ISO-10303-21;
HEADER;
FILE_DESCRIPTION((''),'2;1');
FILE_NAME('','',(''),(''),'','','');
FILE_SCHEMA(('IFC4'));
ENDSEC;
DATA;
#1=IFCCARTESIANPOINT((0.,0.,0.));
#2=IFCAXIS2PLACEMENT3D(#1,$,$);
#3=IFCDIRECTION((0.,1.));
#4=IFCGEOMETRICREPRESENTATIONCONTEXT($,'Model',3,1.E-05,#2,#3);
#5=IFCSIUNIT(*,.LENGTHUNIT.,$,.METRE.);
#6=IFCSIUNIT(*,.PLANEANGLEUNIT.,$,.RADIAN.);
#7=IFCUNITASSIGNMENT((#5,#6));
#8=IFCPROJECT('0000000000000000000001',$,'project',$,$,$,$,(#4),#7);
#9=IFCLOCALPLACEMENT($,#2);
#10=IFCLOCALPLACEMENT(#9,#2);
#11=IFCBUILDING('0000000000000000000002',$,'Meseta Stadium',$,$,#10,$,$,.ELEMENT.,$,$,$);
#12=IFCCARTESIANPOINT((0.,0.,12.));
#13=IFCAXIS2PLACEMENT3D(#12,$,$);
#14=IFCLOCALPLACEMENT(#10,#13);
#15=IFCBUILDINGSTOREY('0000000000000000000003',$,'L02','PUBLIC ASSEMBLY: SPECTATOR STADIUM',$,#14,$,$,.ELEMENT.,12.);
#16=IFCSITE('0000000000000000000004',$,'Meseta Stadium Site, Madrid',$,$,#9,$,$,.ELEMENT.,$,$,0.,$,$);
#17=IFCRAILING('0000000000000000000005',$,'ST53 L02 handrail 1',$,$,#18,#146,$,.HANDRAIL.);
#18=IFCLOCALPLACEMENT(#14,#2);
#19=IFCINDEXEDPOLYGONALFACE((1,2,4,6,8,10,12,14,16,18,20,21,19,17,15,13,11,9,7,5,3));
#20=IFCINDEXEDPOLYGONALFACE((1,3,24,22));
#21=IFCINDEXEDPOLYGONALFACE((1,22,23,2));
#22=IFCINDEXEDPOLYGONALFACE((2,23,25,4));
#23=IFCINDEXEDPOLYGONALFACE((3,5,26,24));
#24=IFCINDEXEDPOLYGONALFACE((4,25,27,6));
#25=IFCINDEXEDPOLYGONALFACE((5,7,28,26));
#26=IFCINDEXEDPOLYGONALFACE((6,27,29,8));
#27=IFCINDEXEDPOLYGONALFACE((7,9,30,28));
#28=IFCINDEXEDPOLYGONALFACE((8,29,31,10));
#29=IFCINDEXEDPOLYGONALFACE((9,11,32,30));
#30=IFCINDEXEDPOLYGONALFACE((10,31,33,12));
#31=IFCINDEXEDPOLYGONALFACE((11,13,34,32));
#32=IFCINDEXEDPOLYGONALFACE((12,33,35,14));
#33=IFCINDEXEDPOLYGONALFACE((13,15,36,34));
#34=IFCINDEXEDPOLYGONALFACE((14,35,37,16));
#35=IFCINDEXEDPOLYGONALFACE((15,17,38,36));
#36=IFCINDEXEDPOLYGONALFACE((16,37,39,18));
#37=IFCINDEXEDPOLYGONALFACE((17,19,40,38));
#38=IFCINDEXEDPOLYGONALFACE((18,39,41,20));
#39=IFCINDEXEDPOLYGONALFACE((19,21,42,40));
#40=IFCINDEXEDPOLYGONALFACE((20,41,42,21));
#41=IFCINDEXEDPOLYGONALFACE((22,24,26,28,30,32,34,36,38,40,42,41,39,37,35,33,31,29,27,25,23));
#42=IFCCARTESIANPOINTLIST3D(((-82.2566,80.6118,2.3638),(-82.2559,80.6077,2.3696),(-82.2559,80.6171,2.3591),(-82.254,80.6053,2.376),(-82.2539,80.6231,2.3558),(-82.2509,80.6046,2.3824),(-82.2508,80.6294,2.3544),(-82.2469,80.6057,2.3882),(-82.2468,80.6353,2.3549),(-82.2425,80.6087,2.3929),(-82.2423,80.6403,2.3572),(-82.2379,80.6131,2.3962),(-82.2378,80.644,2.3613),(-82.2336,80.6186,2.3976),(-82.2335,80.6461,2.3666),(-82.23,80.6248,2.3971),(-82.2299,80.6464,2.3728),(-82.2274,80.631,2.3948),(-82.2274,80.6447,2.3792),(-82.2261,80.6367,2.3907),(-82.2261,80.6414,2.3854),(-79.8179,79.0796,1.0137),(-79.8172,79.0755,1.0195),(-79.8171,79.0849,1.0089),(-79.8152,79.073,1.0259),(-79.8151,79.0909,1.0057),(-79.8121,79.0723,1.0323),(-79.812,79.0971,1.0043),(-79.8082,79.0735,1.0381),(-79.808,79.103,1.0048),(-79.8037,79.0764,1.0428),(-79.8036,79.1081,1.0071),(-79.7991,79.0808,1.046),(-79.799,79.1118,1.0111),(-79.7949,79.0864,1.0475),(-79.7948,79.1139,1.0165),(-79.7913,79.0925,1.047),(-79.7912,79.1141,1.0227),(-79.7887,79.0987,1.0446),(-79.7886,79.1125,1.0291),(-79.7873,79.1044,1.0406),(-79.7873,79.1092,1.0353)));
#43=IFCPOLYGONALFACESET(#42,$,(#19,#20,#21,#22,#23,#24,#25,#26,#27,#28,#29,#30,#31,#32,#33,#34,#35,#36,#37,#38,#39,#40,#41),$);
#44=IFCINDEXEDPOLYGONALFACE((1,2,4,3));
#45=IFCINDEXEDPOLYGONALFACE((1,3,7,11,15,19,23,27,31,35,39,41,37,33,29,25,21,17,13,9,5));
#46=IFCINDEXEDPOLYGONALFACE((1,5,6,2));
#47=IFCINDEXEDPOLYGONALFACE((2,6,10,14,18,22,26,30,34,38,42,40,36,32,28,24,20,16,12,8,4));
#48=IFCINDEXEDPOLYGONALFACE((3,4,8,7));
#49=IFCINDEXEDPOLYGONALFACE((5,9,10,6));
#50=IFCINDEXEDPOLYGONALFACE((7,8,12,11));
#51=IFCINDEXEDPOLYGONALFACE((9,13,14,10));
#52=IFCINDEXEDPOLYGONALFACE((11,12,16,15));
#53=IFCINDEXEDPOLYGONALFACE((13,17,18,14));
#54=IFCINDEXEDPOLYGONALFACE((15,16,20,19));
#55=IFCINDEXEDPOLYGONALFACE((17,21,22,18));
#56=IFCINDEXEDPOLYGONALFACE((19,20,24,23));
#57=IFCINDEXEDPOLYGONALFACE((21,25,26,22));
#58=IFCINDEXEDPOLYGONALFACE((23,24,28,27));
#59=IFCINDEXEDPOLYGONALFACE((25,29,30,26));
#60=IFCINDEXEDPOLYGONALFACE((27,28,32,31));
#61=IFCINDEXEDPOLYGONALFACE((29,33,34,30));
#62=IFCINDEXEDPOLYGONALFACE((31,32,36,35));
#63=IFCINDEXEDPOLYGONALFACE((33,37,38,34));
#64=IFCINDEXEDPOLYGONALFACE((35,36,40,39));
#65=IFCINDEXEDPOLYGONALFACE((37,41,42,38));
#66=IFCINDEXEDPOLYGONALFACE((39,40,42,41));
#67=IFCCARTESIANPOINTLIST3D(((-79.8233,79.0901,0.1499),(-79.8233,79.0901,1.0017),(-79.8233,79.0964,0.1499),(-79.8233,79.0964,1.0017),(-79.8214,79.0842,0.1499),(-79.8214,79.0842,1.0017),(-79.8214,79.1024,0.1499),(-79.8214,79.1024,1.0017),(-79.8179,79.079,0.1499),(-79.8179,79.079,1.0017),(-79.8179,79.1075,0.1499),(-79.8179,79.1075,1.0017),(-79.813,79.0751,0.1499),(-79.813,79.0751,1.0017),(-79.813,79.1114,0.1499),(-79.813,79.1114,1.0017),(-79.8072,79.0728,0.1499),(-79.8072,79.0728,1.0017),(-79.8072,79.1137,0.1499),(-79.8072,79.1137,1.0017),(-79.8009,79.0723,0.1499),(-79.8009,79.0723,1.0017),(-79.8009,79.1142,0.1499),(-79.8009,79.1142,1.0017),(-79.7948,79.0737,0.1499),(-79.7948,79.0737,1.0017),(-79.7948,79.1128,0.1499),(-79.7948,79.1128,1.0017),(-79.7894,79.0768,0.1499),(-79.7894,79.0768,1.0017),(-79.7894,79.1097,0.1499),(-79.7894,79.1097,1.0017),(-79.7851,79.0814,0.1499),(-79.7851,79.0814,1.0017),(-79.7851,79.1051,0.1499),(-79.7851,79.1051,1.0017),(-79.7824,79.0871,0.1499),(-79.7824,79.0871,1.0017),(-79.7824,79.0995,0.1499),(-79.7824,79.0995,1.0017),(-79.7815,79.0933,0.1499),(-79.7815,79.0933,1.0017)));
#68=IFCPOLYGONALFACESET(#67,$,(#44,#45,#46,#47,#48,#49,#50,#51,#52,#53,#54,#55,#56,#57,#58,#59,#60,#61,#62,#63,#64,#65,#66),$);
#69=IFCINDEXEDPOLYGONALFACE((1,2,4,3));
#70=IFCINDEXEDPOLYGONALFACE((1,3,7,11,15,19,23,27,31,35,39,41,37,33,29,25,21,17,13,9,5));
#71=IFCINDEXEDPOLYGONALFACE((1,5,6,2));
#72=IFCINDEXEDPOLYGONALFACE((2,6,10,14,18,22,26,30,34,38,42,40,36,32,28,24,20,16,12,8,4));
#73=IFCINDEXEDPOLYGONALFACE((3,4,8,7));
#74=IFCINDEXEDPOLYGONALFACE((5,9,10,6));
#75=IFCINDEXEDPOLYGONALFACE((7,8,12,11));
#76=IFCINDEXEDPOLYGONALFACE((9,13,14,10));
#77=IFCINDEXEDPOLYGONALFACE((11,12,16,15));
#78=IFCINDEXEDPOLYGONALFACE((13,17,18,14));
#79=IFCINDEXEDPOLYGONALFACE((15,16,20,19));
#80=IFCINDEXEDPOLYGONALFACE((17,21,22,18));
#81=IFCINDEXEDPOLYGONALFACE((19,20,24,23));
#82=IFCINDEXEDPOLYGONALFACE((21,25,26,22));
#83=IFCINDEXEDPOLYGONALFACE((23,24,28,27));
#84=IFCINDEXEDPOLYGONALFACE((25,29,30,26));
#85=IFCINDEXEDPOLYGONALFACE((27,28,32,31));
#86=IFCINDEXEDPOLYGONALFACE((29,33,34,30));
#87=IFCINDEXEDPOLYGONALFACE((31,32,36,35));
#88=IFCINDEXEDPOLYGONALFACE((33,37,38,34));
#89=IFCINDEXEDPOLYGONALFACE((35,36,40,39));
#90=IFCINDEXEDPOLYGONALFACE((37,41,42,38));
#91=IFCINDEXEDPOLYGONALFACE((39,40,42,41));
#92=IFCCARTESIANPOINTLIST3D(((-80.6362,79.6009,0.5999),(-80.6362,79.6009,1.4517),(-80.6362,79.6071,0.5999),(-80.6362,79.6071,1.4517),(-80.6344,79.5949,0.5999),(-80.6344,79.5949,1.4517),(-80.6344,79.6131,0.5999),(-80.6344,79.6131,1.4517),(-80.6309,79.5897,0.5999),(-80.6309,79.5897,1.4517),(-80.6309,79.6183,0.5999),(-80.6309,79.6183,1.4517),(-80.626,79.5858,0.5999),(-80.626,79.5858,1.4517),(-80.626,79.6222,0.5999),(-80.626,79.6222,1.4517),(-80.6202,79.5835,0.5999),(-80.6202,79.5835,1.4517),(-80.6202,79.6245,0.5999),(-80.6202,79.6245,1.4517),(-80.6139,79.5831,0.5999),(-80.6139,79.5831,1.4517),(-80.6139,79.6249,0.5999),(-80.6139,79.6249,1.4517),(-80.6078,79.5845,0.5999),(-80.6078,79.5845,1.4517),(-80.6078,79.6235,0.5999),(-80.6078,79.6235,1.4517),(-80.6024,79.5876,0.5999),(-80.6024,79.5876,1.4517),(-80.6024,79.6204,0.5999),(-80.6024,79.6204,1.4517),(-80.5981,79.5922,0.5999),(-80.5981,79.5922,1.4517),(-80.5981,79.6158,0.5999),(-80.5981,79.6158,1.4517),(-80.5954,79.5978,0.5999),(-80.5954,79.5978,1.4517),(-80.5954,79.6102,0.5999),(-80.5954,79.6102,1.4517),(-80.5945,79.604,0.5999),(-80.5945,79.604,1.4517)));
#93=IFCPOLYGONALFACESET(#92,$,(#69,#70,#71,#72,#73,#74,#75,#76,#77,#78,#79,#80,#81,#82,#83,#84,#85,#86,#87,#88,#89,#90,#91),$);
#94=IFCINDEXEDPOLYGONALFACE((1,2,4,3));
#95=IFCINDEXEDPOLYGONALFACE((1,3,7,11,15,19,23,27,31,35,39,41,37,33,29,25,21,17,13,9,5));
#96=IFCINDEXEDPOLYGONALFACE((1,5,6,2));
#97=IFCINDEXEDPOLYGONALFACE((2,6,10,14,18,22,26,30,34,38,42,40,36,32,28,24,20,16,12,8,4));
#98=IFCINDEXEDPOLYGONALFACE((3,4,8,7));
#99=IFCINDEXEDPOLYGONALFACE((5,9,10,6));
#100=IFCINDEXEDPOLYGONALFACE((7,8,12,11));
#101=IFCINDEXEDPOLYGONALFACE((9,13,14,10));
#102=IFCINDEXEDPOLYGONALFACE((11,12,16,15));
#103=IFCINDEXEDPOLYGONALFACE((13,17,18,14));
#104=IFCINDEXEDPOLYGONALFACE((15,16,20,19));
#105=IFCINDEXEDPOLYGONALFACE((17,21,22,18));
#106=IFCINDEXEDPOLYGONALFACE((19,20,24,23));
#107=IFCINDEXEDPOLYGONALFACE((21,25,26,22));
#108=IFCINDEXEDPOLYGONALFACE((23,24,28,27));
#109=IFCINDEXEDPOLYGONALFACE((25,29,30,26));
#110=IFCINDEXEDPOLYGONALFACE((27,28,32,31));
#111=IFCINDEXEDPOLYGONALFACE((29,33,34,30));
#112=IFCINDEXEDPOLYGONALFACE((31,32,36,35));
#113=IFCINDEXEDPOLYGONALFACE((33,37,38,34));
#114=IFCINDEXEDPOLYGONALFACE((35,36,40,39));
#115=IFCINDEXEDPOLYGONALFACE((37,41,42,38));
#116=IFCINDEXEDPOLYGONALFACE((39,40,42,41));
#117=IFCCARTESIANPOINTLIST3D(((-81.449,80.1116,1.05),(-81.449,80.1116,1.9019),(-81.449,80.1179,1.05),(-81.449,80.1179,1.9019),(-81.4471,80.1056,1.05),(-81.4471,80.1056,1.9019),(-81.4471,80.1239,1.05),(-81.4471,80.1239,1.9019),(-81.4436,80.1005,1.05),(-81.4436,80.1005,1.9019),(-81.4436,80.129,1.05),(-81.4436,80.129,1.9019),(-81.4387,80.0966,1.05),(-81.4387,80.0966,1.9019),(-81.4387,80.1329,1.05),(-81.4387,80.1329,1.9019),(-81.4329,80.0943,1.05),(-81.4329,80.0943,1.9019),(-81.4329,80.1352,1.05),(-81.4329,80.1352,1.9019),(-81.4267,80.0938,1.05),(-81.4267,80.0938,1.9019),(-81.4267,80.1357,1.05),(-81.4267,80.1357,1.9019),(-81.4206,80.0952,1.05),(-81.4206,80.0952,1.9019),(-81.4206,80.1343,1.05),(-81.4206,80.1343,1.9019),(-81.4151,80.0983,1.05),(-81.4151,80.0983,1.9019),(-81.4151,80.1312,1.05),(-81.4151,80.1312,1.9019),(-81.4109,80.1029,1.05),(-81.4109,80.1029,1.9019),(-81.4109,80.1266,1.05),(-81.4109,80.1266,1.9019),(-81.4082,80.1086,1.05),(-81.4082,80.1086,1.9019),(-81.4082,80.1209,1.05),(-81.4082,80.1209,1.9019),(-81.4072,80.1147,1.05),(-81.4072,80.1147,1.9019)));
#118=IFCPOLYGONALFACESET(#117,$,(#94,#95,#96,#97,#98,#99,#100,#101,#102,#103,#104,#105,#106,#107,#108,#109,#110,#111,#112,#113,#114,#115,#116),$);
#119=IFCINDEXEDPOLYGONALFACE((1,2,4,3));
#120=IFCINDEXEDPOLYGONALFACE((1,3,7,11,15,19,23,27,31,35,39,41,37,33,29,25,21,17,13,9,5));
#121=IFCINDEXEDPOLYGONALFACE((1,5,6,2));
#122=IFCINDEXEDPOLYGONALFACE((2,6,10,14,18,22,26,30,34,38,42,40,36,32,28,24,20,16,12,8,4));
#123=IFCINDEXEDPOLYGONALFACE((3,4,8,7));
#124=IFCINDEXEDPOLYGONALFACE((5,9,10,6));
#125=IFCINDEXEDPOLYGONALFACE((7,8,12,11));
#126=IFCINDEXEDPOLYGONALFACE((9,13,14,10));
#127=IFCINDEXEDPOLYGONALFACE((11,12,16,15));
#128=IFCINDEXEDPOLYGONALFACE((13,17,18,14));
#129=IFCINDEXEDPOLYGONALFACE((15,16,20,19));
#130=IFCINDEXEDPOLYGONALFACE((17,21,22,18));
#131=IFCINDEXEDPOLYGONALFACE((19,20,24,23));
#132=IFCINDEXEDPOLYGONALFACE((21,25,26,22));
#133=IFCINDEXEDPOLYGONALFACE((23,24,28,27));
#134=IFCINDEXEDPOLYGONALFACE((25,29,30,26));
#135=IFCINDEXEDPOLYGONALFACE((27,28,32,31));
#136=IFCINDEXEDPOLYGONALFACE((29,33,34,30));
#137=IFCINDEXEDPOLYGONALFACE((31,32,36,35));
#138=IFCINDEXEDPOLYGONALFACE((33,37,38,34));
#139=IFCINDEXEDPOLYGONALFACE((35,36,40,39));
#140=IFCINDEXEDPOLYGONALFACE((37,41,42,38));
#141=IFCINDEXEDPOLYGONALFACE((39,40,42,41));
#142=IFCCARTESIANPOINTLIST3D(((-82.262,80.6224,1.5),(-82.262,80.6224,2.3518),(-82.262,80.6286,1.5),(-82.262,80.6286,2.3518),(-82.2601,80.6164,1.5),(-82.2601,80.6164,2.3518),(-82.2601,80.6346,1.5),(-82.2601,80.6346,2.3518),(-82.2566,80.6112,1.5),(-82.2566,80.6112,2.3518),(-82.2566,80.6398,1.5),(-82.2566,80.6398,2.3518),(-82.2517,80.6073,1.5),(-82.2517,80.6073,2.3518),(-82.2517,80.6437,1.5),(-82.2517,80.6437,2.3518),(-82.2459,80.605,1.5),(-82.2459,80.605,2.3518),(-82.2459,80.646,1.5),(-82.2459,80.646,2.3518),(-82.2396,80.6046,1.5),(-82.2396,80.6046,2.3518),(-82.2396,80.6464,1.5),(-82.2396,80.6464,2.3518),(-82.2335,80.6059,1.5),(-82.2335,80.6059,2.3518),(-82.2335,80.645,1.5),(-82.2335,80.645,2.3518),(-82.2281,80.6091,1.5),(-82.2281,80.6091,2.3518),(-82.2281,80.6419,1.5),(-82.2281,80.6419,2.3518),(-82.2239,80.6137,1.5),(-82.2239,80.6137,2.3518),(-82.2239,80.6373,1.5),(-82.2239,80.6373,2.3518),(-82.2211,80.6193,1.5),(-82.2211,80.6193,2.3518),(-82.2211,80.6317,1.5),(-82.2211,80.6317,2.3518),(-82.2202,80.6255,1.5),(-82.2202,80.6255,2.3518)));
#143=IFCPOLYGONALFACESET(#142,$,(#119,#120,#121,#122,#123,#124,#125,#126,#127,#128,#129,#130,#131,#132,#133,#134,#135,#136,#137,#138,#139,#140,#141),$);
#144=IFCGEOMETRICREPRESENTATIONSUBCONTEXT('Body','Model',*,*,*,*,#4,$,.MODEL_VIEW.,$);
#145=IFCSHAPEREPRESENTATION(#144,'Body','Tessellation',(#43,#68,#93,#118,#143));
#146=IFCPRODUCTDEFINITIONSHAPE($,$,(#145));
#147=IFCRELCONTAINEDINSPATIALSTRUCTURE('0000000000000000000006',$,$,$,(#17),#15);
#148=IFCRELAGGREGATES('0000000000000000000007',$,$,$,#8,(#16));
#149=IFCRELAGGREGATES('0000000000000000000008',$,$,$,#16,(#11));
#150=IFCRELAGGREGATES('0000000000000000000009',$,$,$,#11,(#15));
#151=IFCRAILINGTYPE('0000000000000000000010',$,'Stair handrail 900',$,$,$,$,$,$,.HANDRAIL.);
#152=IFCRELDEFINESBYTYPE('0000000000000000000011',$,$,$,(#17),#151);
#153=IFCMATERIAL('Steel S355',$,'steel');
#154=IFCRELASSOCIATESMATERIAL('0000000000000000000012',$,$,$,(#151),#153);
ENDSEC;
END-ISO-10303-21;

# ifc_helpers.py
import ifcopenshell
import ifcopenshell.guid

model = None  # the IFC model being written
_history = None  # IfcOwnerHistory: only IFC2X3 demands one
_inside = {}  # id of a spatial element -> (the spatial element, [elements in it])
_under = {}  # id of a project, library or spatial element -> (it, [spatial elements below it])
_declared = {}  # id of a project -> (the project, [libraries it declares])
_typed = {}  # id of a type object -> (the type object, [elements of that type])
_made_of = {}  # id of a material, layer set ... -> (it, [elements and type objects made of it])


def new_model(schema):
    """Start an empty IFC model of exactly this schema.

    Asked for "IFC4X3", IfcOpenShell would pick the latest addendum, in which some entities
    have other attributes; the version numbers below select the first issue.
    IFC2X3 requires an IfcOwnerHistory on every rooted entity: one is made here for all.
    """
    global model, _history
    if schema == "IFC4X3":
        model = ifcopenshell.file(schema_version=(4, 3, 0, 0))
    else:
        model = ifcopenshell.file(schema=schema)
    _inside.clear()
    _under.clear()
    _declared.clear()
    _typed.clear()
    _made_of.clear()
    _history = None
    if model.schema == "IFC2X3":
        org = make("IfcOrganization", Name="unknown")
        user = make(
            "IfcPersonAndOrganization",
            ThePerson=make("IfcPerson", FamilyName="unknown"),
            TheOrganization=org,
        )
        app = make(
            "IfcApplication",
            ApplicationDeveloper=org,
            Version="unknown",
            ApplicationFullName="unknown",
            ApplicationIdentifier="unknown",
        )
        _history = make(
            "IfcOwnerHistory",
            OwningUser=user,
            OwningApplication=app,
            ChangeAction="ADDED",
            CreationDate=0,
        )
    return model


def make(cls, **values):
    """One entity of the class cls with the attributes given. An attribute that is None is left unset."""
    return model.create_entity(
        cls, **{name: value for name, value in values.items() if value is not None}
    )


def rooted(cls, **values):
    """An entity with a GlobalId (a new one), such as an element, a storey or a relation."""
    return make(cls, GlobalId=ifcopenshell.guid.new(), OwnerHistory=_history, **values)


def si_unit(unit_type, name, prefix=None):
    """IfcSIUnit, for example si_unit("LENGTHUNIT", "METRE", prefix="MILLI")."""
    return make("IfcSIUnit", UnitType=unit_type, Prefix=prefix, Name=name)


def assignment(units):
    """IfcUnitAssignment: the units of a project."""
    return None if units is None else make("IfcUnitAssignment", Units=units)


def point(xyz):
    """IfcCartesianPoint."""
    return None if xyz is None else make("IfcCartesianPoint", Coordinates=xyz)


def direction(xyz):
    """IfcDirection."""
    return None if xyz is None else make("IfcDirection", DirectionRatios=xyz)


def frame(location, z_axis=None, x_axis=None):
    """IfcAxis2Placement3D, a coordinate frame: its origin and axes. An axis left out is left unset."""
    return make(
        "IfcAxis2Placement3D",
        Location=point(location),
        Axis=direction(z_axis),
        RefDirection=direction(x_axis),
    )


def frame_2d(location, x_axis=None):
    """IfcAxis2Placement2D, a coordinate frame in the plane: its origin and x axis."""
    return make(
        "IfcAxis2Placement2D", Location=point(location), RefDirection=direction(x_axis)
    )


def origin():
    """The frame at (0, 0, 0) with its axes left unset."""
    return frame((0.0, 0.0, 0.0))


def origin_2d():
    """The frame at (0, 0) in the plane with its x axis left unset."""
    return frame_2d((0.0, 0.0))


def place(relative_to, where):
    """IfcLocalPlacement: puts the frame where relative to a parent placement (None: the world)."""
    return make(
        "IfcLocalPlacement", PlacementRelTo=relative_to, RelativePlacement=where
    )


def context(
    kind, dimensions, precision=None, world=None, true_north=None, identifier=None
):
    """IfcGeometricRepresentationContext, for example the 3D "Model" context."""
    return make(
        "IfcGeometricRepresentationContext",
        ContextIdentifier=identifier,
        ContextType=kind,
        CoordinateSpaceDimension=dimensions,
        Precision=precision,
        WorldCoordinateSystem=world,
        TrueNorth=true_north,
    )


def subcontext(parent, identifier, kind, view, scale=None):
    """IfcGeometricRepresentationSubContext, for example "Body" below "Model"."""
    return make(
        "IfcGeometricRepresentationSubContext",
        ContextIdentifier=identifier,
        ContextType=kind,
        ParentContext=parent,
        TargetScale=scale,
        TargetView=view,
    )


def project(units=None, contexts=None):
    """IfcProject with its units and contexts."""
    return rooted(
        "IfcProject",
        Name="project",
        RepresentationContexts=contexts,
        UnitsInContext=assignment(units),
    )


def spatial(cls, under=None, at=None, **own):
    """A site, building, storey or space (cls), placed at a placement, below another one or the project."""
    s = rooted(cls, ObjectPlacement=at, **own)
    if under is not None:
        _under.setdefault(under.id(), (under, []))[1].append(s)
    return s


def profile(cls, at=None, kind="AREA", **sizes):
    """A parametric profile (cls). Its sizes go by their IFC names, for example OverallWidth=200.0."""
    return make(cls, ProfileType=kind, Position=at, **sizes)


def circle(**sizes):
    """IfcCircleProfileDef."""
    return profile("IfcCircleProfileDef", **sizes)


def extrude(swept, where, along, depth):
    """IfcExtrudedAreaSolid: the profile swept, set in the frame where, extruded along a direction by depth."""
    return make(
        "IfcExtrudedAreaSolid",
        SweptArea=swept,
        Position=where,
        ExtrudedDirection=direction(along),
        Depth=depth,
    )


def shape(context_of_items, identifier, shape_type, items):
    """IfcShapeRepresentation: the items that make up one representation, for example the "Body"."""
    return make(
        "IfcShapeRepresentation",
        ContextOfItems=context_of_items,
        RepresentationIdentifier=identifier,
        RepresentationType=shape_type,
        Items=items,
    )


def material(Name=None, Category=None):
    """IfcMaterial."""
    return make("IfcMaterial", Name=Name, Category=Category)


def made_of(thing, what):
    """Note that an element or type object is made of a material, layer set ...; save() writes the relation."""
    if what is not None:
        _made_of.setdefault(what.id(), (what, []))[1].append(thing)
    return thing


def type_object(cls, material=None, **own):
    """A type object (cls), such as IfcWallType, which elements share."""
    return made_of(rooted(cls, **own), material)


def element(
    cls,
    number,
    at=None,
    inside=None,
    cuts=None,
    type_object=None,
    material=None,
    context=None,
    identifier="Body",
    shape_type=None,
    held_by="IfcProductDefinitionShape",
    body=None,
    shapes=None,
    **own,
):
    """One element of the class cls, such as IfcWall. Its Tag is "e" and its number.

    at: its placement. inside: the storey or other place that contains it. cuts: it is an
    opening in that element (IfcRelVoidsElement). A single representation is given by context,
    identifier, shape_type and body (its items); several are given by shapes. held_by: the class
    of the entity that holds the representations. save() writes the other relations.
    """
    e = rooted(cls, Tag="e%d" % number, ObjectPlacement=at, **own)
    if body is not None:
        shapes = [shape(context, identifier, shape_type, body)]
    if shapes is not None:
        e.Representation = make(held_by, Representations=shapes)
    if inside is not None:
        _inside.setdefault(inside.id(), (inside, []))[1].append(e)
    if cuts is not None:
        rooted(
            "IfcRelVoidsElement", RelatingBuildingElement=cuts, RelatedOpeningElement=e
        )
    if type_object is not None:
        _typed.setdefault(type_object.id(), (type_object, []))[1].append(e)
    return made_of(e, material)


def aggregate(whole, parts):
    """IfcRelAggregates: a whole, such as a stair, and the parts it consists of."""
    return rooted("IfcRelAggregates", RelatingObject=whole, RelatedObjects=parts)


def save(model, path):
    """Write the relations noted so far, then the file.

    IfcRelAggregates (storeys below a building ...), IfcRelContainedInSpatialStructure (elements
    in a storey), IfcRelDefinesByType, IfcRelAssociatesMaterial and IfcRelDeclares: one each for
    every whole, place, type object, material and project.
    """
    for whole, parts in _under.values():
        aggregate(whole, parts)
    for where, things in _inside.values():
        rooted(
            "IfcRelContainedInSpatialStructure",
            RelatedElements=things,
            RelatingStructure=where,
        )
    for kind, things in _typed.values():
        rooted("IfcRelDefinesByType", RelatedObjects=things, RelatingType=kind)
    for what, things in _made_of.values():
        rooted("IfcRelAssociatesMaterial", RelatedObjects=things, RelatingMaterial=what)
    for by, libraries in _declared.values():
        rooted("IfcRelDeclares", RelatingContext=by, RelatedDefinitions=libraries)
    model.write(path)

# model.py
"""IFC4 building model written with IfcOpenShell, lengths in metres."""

from ifc_helpers import new_model, si_unit, direction, frame, origin, origin_2d, place, context, subcontext, project, spatial, circle, extrude, material, type_object, element, save


model = new_model("IFC4")

# Units and contexts
model_context = context("Model", 3, precision=1e-05, world=origin(), true_north=direction((0.0, 1.0)))
body_context = subcontext(model_context, "Body", "Model", "MODEL_VIEW")
ifc_project = project(units=[si_unit("LENGTHUNIT", "METRE"), si_unit("PLANEANGLEUNIT", "RADIAN")], contexts=[model_context])

# Site, building, storey
site_placement = place(None, origin())
site = spatial("IfcSite", under=ifc_project, at=site_placement, Name="Meseta Stadium Site, Madrid", CompositionType="ELEMENT", RefElevation=0.0)
building_placement = place(site_placement, origin())
building = spatial("IfcBuilding", under=site, at=building_placement, Name="Meseta Stadium", CompositionType="ELEMENT")
storey_placement = place(building_placement, frame((0.0, 0.0, 12.0)))
storey = spatial("IfcBuildingStorey", under=building, at=storey_placement, Name="L02", Description="PUBLIC ASSEMBLY: SPECTATOR STADIUM", CompositionType="ELEMENT", Elevation=12.0)

# Railing
ifc_material_1 = material(Name="Steel S355", Category="steel")
railing_type_1 = type_object("IfcRailingType", Name="Stair handrail 900", PredefinedType="HANDRAIL", material=ifc_material_1)
for number, where, name in (
    (1, (-79.8025, 79.0933, 0.1499), "ST53 L02 handrail 1"),
):
    element("IfcRailing", number, at=place(storey_placement, frame(where)), inside=storey, type_object=railing_type_1, Name=name, PredefinedType="HANDRAIL", context=body_context, shape_type="SweptSolid", body=[
        extrude(circle(Radius=0.0239, at=origin_2d()), frame((0.0, 0.0, 0.876), z_axis=(-0.766687, 0.481703, 0.424445), x_axis=(-0.532001, -0.846743, 0.0)), (0.0, 0.0, 1.0), 3.1809),
        extrude(circle(Radius=0.021, at=origin_2d()), origin(), (0.0, 0.0, 1.0), 0.8518),
        extrude(circle(Radius=0.021, at=origin_2d()), frame((-0.813, 0.5107, 0.45)), (0.0, 0.0, 1.0), 0.8518),
        extrude(circle(Radius=0.021, at=origin_2d()), frame((-1.6257, 1.0215, 0.9001)), (0.0, 0.0, 1.0), 0.8518),
        extrude(circle(Radius=0.021, at=origin_2d()), frame((-2.4387, 1.5322, 1.3501)), (0.0, 0.0, 1.0), 0.8518),
    ])

save(model, "model.ifc")
